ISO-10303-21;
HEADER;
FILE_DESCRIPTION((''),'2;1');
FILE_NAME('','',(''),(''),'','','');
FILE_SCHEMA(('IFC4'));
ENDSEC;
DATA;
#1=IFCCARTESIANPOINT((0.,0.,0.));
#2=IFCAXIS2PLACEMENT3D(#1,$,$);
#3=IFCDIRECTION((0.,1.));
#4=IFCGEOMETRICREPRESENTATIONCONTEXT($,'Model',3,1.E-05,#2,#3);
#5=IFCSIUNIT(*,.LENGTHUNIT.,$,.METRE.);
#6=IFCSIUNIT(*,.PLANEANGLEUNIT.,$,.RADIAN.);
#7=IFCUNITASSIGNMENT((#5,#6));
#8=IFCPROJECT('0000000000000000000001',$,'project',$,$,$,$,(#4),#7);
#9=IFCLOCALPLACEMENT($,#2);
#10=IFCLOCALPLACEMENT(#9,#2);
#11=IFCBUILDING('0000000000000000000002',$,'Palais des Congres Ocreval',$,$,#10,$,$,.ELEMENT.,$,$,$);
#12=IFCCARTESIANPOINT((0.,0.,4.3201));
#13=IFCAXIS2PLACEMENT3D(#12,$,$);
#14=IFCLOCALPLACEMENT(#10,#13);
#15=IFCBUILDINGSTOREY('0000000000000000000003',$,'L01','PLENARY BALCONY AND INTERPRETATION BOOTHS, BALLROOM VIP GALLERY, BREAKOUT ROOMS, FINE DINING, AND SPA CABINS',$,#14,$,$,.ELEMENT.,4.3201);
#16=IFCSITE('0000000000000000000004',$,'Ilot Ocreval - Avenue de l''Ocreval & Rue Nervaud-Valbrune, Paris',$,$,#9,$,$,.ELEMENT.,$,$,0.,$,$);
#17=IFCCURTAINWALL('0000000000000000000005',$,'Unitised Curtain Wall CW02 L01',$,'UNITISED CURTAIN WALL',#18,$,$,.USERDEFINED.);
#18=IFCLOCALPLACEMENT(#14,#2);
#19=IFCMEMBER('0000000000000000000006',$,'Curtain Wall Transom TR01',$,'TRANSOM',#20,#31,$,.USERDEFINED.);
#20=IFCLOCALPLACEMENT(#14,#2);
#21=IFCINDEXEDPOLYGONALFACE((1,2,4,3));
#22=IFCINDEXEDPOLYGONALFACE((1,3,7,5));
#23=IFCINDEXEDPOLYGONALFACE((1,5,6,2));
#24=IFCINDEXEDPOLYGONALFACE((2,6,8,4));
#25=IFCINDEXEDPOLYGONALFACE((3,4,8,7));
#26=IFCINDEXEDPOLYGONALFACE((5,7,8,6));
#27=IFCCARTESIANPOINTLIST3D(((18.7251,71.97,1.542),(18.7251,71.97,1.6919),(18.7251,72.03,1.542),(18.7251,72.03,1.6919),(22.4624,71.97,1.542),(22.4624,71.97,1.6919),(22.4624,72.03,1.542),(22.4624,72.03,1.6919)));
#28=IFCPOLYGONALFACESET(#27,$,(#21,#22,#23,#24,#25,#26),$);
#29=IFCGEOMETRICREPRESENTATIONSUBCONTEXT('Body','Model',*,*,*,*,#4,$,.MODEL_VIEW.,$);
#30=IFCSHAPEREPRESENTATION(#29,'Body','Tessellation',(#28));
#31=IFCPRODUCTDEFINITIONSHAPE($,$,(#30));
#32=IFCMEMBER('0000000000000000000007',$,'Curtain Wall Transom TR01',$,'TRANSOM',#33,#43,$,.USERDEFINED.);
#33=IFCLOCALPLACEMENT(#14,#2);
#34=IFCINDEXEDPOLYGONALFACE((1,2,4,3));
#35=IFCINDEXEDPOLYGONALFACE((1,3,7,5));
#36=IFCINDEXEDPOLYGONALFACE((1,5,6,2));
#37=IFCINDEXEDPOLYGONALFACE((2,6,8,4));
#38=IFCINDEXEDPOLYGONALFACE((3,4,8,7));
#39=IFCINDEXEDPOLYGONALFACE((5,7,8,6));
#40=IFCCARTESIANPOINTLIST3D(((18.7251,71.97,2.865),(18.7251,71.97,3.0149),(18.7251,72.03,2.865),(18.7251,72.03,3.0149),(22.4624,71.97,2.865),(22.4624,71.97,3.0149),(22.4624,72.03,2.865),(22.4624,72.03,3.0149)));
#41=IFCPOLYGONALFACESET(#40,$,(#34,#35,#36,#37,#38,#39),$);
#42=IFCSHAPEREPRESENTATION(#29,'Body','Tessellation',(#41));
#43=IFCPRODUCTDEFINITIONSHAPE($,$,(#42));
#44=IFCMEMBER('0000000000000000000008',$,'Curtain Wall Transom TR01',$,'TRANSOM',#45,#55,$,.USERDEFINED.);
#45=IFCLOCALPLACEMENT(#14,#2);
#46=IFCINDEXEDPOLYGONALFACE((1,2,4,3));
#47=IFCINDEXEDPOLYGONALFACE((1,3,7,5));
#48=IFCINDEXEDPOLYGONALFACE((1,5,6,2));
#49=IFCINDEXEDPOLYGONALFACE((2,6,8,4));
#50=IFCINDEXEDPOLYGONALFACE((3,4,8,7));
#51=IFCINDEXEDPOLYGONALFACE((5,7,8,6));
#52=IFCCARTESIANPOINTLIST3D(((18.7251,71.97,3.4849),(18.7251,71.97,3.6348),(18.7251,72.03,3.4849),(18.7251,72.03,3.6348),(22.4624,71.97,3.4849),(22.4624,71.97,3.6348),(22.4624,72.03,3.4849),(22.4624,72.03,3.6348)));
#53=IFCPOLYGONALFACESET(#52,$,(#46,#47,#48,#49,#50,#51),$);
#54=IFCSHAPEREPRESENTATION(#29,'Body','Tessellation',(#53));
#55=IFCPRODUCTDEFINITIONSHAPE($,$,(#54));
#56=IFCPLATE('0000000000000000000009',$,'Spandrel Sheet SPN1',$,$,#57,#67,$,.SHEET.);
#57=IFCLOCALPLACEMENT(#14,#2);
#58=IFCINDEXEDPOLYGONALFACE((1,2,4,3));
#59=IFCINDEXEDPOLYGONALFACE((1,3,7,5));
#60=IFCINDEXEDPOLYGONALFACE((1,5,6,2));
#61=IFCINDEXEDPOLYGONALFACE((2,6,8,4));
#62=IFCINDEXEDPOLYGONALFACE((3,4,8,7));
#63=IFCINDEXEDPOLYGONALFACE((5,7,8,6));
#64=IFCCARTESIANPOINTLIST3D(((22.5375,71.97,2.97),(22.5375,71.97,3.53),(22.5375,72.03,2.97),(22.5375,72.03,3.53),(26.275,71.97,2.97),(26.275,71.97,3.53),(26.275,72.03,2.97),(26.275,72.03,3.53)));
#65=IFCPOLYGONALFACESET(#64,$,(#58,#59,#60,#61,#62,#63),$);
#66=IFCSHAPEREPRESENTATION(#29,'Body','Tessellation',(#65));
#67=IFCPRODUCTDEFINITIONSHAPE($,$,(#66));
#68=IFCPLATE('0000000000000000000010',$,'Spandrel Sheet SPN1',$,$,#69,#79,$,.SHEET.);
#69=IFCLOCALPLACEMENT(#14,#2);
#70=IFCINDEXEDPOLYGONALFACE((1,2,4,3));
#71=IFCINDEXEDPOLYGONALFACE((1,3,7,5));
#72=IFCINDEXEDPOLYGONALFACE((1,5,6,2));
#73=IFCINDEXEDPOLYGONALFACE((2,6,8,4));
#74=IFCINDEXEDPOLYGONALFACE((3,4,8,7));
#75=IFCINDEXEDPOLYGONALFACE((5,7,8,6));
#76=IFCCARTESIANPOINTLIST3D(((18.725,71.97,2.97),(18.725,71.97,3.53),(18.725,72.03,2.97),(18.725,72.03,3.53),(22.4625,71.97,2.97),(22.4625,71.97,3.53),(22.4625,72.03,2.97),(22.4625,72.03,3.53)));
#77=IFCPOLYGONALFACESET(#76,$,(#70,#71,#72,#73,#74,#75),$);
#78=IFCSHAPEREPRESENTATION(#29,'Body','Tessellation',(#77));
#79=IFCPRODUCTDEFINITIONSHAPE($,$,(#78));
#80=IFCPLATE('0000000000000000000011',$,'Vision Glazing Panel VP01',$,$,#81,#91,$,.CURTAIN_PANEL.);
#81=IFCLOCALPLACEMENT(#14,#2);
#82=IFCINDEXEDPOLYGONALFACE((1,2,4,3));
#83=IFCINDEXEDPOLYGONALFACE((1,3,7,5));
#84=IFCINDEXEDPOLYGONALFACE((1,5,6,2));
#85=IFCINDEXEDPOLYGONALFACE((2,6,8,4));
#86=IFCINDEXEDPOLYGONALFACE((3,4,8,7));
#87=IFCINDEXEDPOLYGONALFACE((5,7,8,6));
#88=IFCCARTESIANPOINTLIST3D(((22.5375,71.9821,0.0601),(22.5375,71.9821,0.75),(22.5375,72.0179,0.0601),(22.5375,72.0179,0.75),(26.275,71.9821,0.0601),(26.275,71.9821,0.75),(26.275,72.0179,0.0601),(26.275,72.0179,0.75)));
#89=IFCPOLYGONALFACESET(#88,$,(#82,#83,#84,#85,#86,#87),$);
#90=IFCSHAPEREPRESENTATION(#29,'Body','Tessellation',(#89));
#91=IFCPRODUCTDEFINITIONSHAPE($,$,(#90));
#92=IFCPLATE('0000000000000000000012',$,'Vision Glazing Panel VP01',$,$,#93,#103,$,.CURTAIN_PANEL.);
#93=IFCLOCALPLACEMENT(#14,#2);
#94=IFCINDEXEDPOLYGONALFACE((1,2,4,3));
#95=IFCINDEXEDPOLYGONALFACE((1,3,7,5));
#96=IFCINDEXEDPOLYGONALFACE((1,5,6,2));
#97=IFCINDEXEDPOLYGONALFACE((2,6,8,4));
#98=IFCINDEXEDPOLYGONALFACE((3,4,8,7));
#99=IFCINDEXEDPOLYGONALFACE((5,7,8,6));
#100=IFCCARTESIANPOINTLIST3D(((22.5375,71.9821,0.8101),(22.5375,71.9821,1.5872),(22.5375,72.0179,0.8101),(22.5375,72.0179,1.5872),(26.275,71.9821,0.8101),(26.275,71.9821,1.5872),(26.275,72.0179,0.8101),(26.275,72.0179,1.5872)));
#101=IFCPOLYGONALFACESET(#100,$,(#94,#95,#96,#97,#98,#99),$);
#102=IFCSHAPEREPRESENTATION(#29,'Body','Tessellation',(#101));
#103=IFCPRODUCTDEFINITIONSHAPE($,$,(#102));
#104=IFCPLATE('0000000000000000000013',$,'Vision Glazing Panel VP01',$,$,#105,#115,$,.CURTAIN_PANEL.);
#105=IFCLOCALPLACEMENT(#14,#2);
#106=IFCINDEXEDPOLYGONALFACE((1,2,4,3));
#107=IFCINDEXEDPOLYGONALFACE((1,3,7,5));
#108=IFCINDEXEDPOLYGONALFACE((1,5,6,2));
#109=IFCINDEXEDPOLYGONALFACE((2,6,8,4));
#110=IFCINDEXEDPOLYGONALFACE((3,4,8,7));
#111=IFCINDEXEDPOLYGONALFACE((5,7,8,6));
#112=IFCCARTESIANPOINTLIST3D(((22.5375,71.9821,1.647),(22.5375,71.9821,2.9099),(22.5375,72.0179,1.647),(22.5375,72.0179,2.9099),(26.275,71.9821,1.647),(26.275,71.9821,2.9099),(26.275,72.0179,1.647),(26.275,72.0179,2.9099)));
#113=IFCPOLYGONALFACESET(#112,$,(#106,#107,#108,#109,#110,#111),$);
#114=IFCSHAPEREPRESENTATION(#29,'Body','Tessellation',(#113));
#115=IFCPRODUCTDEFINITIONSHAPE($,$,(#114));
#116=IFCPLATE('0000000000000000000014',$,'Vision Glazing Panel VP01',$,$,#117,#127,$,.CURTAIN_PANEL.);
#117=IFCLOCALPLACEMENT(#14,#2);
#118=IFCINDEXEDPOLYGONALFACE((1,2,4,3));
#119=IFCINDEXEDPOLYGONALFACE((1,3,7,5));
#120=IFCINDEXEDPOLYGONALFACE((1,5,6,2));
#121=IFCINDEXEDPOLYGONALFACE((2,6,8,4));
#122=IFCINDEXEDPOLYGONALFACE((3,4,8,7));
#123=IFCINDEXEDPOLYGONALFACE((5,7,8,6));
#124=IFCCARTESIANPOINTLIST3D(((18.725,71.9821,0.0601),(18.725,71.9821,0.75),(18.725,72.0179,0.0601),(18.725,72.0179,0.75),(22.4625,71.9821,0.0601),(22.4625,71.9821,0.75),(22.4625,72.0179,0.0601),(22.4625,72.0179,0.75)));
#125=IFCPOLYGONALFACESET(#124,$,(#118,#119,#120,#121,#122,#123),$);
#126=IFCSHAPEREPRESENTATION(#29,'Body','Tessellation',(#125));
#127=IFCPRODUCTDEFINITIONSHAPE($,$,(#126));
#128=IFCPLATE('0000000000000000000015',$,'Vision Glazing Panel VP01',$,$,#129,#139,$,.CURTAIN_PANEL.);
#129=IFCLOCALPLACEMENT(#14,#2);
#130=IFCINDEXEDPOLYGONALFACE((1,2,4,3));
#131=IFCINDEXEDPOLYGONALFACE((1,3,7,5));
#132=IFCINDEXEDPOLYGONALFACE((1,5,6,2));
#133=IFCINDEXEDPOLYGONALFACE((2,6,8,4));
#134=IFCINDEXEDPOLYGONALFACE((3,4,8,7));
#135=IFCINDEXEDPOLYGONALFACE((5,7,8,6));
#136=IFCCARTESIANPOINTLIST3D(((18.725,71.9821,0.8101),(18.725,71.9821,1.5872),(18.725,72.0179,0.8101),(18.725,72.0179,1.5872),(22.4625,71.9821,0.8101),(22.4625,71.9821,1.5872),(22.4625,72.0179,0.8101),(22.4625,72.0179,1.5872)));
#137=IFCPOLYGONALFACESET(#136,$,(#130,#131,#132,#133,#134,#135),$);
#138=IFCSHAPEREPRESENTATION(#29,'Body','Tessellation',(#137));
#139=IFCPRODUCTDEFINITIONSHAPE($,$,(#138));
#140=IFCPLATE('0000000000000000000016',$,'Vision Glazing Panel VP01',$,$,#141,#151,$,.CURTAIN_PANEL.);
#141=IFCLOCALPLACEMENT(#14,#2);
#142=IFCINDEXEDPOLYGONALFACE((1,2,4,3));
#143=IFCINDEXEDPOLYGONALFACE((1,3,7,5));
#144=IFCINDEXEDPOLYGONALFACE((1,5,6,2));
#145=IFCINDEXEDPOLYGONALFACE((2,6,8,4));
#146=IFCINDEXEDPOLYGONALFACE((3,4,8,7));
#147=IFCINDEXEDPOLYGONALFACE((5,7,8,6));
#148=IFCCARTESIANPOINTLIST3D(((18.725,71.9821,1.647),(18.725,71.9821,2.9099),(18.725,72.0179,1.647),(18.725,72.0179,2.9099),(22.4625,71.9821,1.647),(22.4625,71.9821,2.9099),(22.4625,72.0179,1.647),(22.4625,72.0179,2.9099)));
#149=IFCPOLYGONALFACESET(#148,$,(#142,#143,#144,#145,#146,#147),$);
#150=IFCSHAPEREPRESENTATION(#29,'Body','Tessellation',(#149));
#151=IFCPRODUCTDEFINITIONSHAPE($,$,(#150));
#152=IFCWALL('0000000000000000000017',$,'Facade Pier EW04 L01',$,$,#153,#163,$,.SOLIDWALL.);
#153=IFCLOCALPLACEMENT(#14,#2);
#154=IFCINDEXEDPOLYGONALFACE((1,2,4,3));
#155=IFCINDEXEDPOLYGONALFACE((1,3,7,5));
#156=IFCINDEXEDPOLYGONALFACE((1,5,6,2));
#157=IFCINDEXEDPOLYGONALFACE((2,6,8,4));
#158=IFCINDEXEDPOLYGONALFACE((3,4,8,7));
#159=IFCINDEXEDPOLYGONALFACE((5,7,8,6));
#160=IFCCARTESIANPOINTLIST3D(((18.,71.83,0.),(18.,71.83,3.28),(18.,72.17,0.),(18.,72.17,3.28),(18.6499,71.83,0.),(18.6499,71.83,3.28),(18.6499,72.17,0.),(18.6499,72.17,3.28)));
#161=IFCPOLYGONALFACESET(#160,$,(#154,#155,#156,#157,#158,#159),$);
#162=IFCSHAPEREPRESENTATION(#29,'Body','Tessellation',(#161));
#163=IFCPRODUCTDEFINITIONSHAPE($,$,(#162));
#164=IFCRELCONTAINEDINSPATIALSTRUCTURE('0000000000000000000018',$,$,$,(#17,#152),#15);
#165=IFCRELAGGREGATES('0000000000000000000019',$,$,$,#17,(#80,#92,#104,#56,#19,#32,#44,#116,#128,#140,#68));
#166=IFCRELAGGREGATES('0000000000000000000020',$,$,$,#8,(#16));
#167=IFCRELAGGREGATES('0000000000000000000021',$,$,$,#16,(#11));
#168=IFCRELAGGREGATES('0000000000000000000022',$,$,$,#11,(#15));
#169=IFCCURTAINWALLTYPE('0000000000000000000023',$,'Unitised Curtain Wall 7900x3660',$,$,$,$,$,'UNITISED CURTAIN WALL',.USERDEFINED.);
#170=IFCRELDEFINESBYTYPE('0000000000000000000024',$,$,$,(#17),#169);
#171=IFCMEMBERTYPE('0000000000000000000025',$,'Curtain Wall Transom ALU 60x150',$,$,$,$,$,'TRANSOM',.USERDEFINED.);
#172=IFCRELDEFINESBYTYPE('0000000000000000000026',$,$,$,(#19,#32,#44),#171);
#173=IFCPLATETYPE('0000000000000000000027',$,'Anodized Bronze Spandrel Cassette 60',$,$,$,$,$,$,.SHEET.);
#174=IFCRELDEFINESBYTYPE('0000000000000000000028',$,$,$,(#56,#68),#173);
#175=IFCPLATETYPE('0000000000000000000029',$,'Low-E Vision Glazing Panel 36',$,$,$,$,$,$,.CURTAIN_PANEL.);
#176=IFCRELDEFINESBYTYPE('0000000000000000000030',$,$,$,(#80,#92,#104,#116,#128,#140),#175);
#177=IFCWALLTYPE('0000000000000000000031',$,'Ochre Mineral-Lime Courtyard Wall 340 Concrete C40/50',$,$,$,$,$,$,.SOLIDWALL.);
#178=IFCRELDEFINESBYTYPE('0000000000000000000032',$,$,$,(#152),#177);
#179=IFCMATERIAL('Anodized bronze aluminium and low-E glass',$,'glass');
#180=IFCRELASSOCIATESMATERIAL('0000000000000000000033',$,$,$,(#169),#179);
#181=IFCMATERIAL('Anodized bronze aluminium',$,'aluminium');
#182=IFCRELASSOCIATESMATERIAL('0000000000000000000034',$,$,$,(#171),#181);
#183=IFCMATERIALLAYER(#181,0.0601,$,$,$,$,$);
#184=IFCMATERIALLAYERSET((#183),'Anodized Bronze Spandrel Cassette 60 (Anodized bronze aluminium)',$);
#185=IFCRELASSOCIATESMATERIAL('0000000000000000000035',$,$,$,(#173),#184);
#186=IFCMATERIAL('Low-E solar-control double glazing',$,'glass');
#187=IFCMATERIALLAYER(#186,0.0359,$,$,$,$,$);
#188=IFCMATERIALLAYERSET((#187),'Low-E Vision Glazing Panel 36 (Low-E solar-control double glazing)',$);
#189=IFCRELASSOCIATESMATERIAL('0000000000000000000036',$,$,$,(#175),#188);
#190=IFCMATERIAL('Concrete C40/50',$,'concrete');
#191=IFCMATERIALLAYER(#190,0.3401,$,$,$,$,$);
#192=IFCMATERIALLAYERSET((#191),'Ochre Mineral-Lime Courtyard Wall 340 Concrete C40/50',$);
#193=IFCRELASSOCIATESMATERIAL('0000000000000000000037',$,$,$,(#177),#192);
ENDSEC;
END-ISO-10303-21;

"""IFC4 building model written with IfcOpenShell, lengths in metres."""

from ifc_helpers import new_model, si_unit, direction, frame, frame_2d, origin, origin_2d, place, context, subcontext, project, spatial, rectangle, extrude, material, layer, layer_set, material_profile, profile_set, type_object, element, aggregate, save


model = new_model("IFC4")

# Units and contexts
model_context = context("Model", 3, precision=1e-05, world=origin(), true_north=direction((0.0, 1.0)))
body_context = subcontext(model_context, "Body", "Model", "MODEL_VIEW")
ifc_project = project(units=[si_unit("LENGTHUNIT", "METRE"), si_unit("PLANEANGLEUNIT", "RADIAN")], contexts=[model_context])

# Site, building, storey
site_placement = place(None, origin())
site = spatial("IfcSite", under=ifc_project, at=site_placement, Name="Ilot Ocreval - Avenue de l'Ocreval & Rue Nervaud-Valbrune, Paris", CompositionType="ELEMENT", RefElevation=0.0)
building_placement = place(site_placement, origin())
building = spatial("IfcBuilding", under=site, at=building_placement, Name="Palais des Congres Ocreval", CompositionType="ELEMENT")
storey_placement = place(building_placement, frame((0.0, 0.0, 4.3201)))
storey = spatial("IfcBuildingStorey", under=building, at=storey_placement, Name="L01", Description="PLENARY BALCONY AND INTERPRETATION BOOTHS, BALLROOM VIP GALLERY, BREAKOUT ROOMS, FINE DINING, AND SPA CABINS", CompositionType="ELEMENT", Elevation=4.3201)

# Curtain wall, members, plates
ifc_material_1 = material(Name="Anodized bronze aluminium and low-E glass", Category="glass")
curtain_wall_type = type_object("IfcCurtainWallType", Name="Unitised Curtain Wall 7900x3660", ElementType="UNITISED CURTAIN WALL", PredefinedType="USERDEFINED", material=ifc_material_1)
curtain_wall_placement = place(storey_placement, origin())
curtain_wall = element("IfcCurtainWall", 1, at=curtain_wall_placement, inside=storey, type_object=curtain_wall_type, Name="Unitised Curtain Wall CW02 L01", ObjectType="UNITISED CURTAIN WALL", PredefinedType="USERDEFINED")
ifc_material_2 = material(Name="Anodized bronze aluminium", Category="aluminium")
ifc_material_profile_1 = material_profile(ifc_material_2, rectangle(XDim=0.0601, YDim=0.1499, at=origin_2d()), Name="ALU 60x150")
ifc_profile_set_1 = profile_set([ifc_material_profile_1], Name="Anodized bronze aluminium")
member_type_1 = type_object("IfcMemberType", Name="Curtain Wall Transom ALU 60x150", ElementType="TRANSOM", PredefinedType="USERDEFINED", material=ifc_profile_set_1)
member_1_placement = place(storey_placement, frame((22.4624, 72.0, 1.6169), z_axis=(-1.0, 0.0, 0.0), x_axis=(0.0, -1.0, 0.0)))
member_1 = element("IfcMember", 2, at=member_1_placement, type_object=member_type_1, Name="Curtain Wall Transom TR01", ObjectType="TRANSOM", PredefinedType="USERDEFINED", context=body_context, shape_type="SweptSolid", body=[
    extrude(rectangle(XDim=0.0601, YDim=0.1499, at=origin_2d()), origin(), (0.0, 0.0, 1.0), 3.7373),
])
member_2_placement = place(storey_placement, frame((22.4624, 72.0, 2.9399), z_axis=(-1.0, 0.0, 0.0), x_axis=(0.0, -1.0, 0.0)))
member_2 = element("IfcMember", 3, at=member_2_placement, type_object=member_type_1, Name="Curtain Wall Transom TR01", ObjectType="TRANSOM", PredefinedType="USERDEFINED", context=body_context, shape_type="SweptSolid", body=[
    extrude(rectangle(XDim=0.0601, YDim=0.1499, at=origin_2d()), origin(), (0.0, 0.0, 1.0), 3.7373),
])
member_3_placement = place(storey_placement, frame((22.4624, 72.0, 3.5598), z_axis=(-1.0, 0.0, 0.0), x_axis=(0.0, -1.0, 0.0)))
member_3 = element("IfcMember", 4, at=member_3_placement, type_object=member_type_1, Name="Curtain Wall Transom TR01", ObjectType="TRANSOM", PredefinedType="USERDEFINED", context=body_context, shape_type="SweptSolid", body=[
    extrude(rectangle(XDim=0.0601, YDim=0.1499, at=origin_2d()), origin(), (0.0, 0.0, 1.0), 3.7373),
])
ifc_layer_1 = layer(ifc_material_2, 0.0601)
ifc_layer_set_1 = layer_set([ifc_layer_1], Name="Anodized Bronze Spandrel Cassette 60 (Anodized bronze aluminium)")
plate_type_1 = type_object("IfcPlateType", Name="Anodized Bronze Spandrel Cassette 60", PredefinedType="SHEET", material=ifc_layer_set_1)
plate_1_placement = place(storey_placement, frame((24.4062, 72.0, 2.97), z_axis=(0.0, 0.0, 1.0), x_axis=(-1.0, 0.0, 0.0)))
plate_1 = element("IfcPlate", 5, at=plate_1_placement, type_object=plate_type_1, Name="Spandrel Sheet SPN1", PredefinedType="SHEET", context=body_context, shape_type="SweptSolid", body=[
    extrude(rectangle(XDim=3.7375, YDim=0.0601, at=origin_2d()), origin(), (0.0, 0.0, 1.0), 0.5601),
])
plate_2_placement = place(storey_placement, frame((20.5938, 72.0, 2.97), z_axis=(0.0, 0.0, 1.0), x_axis=(-1.0, 0.0, 0.0)))
plate_2 = element("IfcPlate", 6, at=plate_2_placement, type_object=plate_type_1, Name="Spandrel Sheet SPN1", PredefinedType="SHEET", context=body_context, shape_type="SweptSolid", body=[
    extrude(rectangle(XDim=3.7375, YDim=0.0601, at=origin_2d()), origin(), (0.0, 0.0, 1.0), 0.5601),
])
ifc_material_3 = material(Name="Low-E solar-control double glazing", Category="glass")
ifc_layer_2 = layer(ifc_material_3, 0.0359)
ifc_layer_set_2 = layer_set([ifc_layer_2], Name="Low-E Vision Glazing Panel 36 (Low-E solar-control double glazing)")
plate_type_2 = type_object("IfcPlateType", Name="Low-E Vision Glazing Panel 36", PredefinedType="CURTAIN_PANEL", material=ifc_layer_set_2)
plate_3_placement = place(storey_placement, frame((24.4062, 72.0, 0.0601), z_axis=(0.0, 0.0, 1.0), x_axis=(-1.0, 0.0, 0.0)))
plate_3 = element("IfcPlate", 7, at=plate_3_placement, type_object=plate_type_2, Name="Vision Glazing Panel VP01", PredefinedType="CURTAIN_PANEL", context=body_context, shape_type="SweptSolid", body=[
    extrude(rectangle(XDim=3.7375, YDim=0.0359, at=origin_2d()), origin(), (0.0, 0.0, 1.0), 0.6899),
])
plate_4_placement = place(storey_placement, frame((24.4062, 72.0, 0.8101), z_axis=(0.0, 0.0, 1.0), x_axis=(-1.0, 0.0, 0.0)))
plate_4 = element("IfcPlate", 8, at=plate_4_placement, type_object=plate_type_2, Name="Vision Glazing Panel VP01", PredefinedType="CURTAIN_PANEL", context=body_context, shape_type="SweptSolid", body=[
    extrude(rectangle(XDim=3.7375, YDim=0.0359, at=origin_2d()), origin(), (0.0, 0.0, 1.0), 0.7771),
])
plate_5_placement = place(storey_placement, frame((24.4062, 72.0, 1.647), z_axis=(0.0, 0.0, 1.0), x_axis=(-1.0, 0.0, 0.0)))
plate_5 = element("IfcPlate", 9, at=plate_5_placement, type_object=plate_type_2, Name="Vision Glazing Panel VP01", PredefinedType="CURTAIN_PANEL", context=body_context, shape_type="SweptSolid", body=[
    extrude(rectangle(XDim=3.7375, YDim=0.0359, at=origin_2d()), origin(), (0.0, 0.0, 1.0), 1.2629),
])
plate_6_placement = place(storey_placement, frame((20.5938, 72.0, 0.0601), z_axis=(0.0, 0.0, 1.0), x_axis=(-1.0, 0.0, 0.0)))
plate_6 = element("IfcPlate", 10, at=plate_6_placement, type_object=plate_type_2, Name="Vision Glazing Panel VP01", PredefinedType="CURTAIN_PANEL", context=body_context, shape_type="SweptSolid", body=[
    extrude(rectangle(XDim=3.7375, YDim=0.0359, at=origin_2d()), origin(), (0.0, 0.0, 1.0), 0.6899),
])
plate_7_placement = place(storey_placement, frame((20.5938, 72.0, 0.8101), z_axis=(0.0, 0.0, 1.0), x_axis=(-1.0, 0.0, 0.0)))
plate_7 = element("IfcPlate", 11, at=plate_7_placement, type_object=plate_type_2, Name="Vision Glazing Panel VP01", PredefinedType="CURTAIN_PANEL", context=body_context, shape_type="SweptSolid", body=[
    extrude(rectangle(XDim=3.7375, YDim=0.0359, at=origin_2d()), origin(), (0.0, 0.0, 1.0), 0.7771),
])
plate_8_placement = place(storey_placement, frame((20.5938, 72.0, 1.647), z_axis=(0.0, 0.0, 1.0), x_axis=(-1.0, 0.0, 0.0)))
plate_8 = element("IfcPlate", 12, at=plate_8_placement, type_object=plate_type_2, Name="Vision Glazing Panel VP01", PredefinedType="CURTAIN_PANEL", context=body_context, shape_type="SweptSolid", body=[
    extrude(rectangle(XDim=3.7375, YDim=0.0359, at=origin_2d()), origin(), (0.0, 0.0, 1.0), 1.2629),
])
aggregate(curtain_wall, [plate_3, plate_4, plate_5, plate_1, member_1, member_2, member_3, plate_6, plate_7, plate_8, plate_2])

# Wall
ifc_material_4 = material(Name="Concrete C40/50", Category="concrete")
ifc_layer_3 = layer(ifc_material_4, 0.3401)
ifc_layer_set_3 = layer_set([ifc_layer_3], Name="Ochre Mineral-Lime Courtyard Wall 340 Concrete C40/50")
wall_type = type_object("IfcWallType", Name="Ochre Mineral-Lime Courtyard Wall 340 Concrete C40/50", PredefinedType="SOLIDWALL", material=ifc_layer_set_3)
wall_placement = place(storey_placement, frame((18.6499, 72.0, 0.0), z_axis=(0.0, 0.0, 1.0), x_axis=(-1.0, 0.0, 0.0)))
element("IfcWall", 13, at=wall_placement, inside=storey, type_object=wall_type, Name="Facade Pier EW04 L01", PredefinedType="SOLIDWALL", context=body_context, shape_type="SweptSolid", body=[
    extrude(rectangle(XDim=0.6499, YDim=0.3401, at=frame_2d((0.325, 0.0))), origin(), (0.0, 0.0, 1.0), 3.28),
])

save(model, "model.ifc")
